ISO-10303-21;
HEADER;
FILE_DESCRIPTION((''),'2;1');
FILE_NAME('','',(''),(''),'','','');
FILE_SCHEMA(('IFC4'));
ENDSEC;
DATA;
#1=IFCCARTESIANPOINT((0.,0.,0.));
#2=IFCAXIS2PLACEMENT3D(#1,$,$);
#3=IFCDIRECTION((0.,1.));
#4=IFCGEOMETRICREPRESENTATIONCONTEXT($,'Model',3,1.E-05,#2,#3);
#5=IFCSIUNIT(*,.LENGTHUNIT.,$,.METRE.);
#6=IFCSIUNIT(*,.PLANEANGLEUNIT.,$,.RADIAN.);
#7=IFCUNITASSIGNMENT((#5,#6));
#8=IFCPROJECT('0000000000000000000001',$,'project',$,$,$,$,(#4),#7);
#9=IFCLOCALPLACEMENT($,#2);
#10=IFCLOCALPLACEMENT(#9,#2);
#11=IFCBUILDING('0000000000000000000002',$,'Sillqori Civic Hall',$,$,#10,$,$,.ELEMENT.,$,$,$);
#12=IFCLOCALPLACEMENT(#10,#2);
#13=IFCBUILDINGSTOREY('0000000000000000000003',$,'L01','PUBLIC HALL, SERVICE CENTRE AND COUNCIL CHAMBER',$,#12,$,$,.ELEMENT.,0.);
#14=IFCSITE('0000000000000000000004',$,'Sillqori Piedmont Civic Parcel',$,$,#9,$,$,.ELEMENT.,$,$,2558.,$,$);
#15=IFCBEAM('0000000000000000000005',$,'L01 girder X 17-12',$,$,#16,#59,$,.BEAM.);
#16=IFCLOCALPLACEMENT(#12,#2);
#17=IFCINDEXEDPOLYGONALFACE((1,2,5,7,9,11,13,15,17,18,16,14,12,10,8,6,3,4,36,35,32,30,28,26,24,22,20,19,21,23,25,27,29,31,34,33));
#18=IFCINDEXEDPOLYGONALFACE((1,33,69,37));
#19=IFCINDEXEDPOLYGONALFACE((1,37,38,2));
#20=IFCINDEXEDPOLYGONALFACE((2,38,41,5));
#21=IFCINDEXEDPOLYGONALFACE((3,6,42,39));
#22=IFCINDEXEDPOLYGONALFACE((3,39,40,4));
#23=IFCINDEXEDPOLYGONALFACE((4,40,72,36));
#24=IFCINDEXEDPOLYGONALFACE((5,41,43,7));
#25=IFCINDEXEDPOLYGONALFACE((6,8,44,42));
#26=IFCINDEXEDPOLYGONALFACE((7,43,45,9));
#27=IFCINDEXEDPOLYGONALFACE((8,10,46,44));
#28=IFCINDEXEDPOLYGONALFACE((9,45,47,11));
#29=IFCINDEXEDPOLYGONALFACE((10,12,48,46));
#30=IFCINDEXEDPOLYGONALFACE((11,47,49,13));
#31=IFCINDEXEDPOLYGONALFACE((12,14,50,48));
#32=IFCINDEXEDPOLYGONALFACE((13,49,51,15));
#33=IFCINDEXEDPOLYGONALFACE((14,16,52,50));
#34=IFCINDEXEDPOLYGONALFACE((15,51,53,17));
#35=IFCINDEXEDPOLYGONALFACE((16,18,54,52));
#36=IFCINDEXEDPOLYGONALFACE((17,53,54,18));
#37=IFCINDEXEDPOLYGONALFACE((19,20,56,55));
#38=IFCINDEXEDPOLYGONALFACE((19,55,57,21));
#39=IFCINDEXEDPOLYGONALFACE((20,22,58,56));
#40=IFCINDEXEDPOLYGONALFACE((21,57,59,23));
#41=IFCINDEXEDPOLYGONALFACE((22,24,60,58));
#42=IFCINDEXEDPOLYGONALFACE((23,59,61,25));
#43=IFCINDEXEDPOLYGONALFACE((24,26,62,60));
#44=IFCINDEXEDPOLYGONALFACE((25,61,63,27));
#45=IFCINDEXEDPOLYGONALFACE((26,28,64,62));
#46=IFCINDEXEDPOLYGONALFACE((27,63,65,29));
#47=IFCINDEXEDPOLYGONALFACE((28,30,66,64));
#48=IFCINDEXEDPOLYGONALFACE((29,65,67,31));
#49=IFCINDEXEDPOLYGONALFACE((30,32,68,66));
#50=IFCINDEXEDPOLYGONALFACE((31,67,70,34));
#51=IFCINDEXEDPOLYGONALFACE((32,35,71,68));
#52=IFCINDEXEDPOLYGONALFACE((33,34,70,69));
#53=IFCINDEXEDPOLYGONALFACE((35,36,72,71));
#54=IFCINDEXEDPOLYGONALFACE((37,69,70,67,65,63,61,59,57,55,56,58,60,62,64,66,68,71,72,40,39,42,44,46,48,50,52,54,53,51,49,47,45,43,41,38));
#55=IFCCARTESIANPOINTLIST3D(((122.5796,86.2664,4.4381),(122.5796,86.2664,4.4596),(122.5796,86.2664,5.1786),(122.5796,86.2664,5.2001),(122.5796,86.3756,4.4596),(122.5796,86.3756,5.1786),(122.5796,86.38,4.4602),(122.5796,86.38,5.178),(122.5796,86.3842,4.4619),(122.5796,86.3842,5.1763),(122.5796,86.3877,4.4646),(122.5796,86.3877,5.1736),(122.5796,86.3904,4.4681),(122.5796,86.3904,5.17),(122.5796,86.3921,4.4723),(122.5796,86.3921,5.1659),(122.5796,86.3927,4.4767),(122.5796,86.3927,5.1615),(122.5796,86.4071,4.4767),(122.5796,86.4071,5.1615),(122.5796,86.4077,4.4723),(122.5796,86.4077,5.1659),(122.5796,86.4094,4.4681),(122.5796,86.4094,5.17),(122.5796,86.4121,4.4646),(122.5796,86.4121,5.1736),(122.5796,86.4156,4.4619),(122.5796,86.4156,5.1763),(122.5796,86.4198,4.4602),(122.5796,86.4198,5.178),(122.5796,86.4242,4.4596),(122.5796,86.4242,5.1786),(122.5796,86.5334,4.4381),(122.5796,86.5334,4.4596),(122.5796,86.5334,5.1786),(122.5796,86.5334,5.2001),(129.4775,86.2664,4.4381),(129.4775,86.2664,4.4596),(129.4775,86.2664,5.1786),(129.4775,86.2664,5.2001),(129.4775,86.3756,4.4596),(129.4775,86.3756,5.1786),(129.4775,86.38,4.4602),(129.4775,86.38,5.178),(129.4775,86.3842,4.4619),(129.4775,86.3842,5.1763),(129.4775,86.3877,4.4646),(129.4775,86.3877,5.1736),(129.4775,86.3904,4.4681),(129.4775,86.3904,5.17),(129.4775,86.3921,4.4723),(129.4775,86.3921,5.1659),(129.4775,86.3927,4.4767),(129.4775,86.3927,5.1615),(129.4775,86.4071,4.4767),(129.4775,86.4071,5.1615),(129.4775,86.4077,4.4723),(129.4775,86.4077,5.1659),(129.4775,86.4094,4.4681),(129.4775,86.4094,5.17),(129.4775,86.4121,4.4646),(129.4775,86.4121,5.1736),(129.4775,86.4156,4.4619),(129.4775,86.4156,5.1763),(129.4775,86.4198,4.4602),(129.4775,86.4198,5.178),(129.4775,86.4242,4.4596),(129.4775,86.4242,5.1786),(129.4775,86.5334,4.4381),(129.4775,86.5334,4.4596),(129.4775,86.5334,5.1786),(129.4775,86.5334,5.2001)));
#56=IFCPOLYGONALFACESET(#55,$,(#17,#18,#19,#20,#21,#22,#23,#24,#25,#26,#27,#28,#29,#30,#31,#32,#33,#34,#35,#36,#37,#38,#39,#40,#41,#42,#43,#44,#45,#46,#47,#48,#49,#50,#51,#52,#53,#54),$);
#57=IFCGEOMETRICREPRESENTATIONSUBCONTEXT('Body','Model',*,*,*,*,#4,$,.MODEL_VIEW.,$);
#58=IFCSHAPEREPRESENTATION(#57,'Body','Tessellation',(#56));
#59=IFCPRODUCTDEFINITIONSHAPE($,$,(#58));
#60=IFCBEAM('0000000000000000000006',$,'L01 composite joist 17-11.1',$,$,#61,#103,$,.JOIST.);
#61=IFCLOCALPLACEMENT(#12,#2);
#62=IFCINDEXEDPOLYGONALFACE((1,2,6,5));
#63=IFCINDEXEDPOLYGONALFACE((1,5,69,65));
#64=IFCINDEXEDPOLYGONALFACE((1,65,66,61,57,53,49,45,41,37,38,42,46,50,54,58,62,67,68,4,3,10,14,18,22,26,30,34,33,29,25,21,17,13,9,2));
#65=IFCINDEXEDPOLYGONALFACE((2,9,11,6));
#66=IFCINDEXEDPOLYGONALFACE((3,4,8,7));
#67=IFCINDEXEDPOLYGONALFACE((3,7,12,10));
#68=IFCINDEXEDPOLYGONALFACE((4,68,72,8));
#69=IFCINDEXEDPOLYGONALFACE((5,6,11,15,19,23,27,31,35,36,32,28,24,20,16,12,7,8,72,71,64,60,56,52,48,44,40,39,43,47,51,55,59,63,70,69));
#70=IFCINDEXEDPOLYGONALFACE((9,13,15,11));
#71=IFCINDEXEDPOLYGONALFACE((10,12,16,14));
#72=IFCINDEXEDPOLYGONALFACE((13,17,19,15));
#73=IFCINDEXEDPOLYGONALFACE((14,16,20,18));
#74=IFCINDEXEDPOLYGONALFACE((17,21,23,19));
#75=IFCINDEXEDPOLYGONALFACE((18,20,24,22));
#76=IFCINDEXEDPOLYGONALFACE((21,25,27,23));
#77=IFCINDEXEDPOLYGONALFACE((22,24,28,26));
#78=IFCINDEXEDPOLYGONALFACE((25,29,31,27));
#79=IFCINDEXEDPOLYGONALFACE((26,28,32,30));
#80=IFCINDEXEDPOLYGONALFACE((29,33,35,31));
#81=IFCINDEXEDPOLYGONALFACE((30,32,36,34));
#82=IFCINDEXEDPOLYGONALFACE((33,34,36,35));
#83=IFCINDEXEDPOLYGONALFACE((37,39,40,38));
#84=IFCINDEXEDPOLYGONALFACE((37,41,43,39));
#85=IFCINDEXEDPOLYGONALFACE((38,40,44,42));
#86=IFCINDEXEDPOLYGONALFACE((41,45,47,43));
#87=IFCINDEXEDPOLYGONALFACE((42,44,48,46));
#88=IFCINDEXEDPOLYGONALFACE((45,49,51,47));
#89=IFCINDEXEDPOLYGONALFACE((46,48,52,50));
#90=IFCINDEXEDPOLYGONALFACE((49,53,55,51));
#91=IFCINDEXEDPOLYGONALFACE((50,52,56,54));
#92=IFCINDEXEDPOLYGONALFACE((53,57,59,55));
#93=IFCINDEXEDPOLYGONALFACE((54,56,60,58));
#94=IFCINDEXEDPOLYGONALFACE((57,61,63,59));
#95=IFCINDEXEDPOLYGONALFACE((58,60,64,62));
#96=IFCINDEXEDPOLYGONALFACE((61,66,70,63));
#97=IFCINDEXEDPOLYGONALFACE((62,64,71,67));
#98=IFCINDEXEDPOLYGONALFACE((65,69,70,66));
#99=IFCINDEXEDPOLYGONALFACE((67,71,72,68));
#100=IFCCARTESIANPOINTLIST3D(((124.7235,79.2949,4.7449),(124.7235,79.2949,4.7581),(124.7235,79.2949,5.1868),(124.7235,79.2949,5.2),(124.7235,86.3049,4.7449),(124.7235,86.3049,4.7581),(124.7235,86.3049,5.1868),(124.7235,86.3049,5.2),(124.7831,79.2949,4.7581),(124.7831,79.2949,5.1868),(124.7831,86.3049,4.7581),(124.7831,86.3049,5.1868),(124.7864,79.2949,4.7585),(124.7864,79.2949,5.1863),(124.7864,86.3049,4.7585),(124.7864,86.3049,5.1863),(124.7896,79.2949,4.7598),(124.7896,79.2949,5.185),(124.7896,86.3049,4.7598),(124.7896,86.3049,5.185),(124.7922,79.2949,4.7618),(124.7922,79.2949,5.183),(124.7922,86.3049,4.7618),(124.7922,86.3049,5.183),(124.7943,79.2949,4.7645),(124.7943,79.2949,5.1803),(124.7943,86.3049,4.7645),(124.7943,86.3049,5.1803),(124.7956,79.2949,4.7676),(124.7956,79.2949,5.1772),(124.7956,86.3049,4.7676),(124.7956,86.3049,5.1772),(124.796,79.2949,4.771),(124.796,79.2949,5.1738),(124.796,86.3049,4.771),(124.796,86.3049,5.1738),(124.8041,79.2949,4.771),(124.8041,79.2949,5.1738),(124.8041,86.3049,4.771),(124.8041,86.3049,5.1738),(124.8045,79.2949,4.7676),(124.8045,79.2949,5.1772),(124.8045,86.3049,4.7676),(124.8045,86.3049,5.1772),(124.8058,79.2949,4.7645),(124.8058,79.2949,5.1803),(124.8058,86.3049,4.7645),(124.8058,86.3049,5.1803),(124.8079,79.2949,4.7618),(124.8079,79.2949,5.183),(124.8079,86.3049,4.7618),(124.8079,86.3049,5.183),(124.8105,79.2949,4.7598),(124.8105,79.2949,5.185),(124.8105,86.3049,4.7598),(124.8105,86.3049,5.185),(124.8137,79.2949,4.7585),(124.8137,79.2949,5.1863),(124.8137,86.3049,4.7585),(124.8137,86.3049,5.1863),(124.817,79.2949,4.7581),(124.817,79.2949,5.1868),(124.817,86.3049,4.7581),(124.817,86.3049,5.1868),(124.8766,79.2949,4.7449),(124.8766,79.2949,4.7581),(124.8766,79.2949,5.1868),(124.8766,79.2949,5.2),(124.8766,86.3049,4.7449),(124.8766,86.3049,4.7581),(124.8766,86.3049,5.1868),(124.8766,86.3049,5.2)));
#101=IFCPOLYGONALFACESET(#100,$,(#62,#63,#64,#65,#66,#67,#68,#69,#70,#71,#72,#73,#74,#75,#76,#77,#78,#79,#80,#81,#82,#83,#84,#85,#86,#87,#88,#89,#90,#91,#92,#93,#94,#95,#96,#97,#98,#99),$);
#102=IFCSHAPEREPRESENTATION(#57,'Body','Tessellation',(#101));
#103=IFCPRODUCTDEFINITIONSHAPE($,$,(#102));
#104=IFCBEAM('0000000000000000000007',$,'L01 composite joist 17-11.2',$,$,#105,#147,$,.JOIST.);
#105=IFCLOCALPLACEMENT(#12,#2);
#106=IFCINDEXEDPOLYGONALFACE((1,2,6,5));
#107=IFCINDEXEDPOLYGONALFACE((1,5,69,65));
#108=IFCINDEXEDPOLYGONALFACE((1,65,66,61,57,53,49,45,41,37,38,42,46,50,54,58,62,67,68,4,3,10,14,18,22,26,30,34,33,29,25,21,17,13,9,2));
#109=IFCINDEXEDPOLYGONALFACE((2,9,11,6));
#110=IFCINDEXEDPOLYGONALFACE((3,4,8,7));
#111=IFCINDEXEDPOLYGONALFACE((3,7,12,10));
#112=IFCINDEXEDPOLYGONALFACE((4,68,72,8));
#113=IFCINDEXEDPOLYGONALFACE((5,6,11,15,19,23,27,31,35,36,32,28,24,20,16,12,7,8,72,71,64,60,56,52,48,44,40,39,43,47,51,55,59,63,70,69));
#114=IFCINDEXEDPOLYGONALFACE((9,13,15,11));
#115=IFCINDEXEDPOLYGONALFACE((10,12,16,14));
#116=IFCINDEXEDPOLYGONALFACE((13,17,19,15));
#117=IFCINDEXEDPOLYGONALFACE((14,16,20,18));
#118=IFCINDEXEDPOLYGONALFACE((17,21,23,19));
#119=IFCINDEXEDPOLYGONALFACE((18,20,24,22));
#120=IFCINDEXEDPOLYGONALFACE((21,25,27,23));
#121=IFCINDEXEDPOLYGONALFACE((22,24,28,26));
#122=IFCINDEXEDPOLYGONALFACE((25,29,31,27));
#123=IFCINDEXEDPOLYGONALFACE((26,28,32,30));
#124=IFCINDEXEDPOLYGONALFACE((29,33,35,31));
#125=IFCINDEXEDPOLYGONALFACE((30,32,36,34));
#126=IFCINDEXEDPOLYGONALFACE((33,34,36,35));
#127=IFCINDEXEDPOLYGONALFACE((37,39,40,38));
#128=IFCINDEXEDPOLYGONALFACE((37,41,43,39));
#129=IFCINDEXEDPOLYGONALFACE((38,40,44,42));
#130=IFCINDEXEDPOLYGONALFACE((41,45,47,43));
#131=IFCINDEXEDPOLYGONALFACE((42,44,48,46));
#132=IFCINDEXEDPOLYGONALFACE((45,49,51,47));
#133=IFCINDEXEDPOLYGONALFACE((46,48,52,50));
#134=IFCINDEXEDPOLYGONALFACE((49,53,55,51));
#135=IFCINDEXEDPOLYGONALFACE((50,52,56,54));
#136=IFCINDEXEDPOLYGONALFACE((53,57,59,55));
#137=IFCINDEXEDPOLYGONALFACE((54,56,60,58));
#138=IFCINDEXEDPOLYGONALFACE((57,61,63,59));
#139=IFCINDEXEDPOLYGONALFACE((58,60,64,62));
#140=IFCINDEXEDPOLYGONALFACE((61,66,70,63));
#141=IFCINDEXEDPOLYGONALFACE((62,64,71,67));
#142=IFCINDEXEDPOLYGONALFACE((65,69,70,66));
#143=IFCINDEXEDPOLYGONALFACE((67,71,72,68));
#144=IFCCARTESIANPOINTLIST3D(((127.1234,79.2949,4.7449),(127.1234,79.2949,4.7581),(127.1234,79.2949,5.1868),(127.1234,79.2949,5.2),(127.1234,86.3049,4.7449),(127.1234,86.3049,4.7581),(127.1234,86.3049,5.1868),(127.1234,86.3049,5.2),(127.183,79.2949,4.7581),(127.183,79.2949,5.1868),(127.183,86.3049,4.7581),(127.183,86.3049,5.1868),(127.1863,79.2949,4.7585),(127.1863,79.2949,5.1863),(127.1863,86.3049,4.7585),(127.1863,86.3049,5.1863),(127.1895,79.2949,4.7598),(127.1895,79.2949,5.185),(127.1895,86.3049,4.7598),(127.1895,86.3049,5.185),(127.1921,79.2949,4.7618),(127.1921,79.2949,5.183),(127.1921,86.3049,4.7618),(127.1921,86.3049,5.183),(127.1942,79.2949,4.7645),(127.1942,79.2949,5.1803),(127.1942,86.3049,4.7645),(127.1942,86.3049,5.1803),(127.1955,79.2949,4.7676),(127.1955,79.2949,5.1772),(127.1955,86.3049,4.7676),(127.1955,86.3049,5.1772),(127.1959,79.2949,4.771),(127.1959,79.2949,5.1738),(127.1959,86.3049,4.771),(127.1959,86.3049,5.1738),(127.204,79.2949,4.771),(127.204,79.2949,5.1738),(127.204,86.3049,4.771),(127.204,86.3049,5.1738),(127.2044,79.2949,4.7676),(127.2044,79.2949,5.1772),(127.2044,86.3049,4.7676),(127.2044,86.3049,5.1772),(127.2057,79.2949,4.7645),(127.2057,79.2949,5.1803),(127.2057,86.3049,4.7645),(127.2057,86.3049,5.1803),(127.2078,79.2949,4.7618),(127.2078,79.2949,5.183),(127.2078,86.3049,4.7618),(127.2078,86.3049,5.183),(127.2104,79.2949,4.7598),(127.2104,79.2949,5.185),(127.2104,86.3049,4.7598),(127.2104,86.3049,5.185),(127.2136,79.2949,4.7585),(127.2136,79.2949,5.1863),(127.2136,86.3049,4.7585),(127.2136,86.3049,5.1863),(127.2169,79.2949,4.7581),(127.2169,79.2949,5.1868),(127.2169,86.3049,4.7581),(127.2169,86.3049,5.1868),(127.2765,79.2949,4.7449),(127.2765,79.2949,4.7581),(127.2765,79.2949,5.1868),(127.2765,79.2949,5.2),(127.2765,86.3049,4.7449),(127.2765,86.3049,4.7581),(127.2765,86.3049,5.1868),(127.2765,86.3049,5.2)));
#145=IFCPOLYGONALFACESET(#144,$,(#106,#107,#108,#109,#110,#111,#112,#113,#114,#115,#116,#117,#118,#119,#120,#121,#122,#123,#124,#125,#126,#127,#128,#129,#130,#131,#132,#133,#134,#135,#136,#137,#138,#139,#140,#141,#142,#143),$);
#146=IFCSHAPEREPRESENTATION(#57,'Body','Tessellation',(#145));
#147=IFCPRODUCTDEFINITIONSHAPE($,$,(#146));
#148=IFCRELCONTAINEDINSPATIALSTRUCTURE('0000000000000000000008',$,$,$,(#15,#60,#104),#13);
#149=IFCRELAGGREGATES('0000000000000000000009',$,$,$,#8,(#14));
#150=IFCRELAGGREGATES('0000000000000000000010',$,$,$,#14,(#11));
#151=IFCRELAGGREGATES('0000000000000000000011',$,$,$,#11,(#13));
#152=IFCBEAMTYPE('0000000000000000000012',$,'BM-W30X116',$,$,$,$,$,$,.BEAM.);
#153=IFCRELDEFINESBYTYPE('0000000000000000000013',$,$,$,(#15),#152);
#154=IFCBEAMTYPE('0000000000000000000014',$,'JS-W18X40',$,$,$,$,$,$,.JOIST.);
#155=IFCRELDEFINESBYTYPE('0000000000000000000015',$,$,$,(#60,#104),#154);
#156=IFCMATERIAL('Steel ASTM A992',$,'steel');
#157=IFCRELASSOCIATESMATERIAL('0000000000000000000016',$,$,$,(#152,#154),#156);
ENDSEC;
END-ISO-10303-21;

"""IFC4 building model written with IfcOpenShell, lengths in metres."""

from ifc_helpers import new_model, si_unit, direction, frame, origin, origin_2d, place, context, subcontext, project, spatial, i_section, extrude, material, material_profile, profile_set, type_object, element, save


model = new_model("IFC4")

# Units and contexts
model_context = context("Model", 3, precision=1e-05, world=origin(), true_north=direction((0.0, 1.0)))
body_context = subcontext(model_context, "Body", "Model", "MODEL_VIEW")
ifc_project = project(units=[si_unit("LENGTHUNIT", "METRE"), si_unit("PLANEANGLEUNIT", "RADIAN")], contexts=[model_context])

# Site, building, storey
site_placement = place(None, origin())
site = spatial("IfcSite", under=ifc_project, at=site_placement, Name="Sillqori Piedmont Civic Parcel", CompositionType="ELEMENT", RefElevation=2558.0)
building_placement = place(site_placement, origin())
building = spatial("IfcBuilding", under=site, at=building_placement, Name="Sillqori Civic Hall", CompositionType="ELEMENT")
storey_placement = place(building_placement, origin())
storey = spatial("IfcBuildingStorey", under=building, at=storey_placement, Name="L01", Description="PUBLIC HALL, SERVICE CENTRE AND COUNCIL CHAMBER", CompositionType="ELEMENT", Elevation=0.0)

# Shared definitions
ifc_material_1 = material(Name="Steel ASTM A992", Category="steel")

# Beams
ifc_material_profile_1 = material_profile(ifc_material_1, i_section(OverallWidth=0.2671, OverallDepth=0.762, WebThickness=0.0144, FlangeThickness=0.0215, FilletRadius=0.0171, at=origin_2d()), Name="W30X116")
ifc_profile_set_1 = profile_set([ifc_material_profile_1], Name="Steel ASTM A992")
beam_type_1 = type_object("IfcBeamType", Name="BM-W30X116", PredefinedType="BEAM", material=ifc_profile_set_1)
beam_1_placement = place(storey_placement, frame((122.5796, 86.3999, 4.8191), z_axis=(1.0, 0.0, 0.0), x_axis=(0.0, 1.0, 0.0)))
element("IfcBeam", 1, at=beam_1_placement, inside=storey, type_object=beam_type_1, Name="L01 girder X 17-12", PredefinedType="BEAM", context=body_context, shape_type="SweptSolid", body=[
    extrude(i_section(OverallWidth=0.2671, OverallDepth=0.762, WebThickness=0.0144, FlangeThickness=0.0215, FilletRadius=0.0171, at=origin_2d()), origin(), (0.0, 0.0, 1.0), 6.8979),
])
ifc_material_profile_2 = material_profile(ifc_material_1, i_section(OverallWidth=0.1531, OverallDepth=0.4551, WebThickness=0.0081, FlangeThickness=0.0132, FilletRadius=0.0129, at=origin_2d()), Name="W18X40")
ifc_profile_set_2 = profile_set([ifc_material_profile_2], Name="Steel ASTM A992")
beam_type_2 = type_object("IfcBeamType", Name="JS-W18X40", PredefinedType="JOIST", material=ifc_profile_set_2)
for number, where, z_axis, x_axis, name in (
    (2, (124.8, 79.2949, 4.9724), (0.0, 1.0, 0.0), (-1.0, 0.0, 0.0), "L01 composite joist 17-11.1"),
    (3, (127.2, 79.2949, 4.9724), (0.0, 1.0, 0.0), (-1.0, 0.0, 0.0), "L01 composite joist 17-11.2"),
):
    element("IfcBeam", number, at=place(storey_placement, frame(where, z_axis=z_axis, x_axis=x_axis)), inside=storey, type_object=beam_type_2, Name=name, PredefinedType="JOIST", context=body_context, shape_type="SweptSolid", body=[
        extrude(i_section(OverallWidth=0.1531, OverallDepth=0.4551, WebThickness=0.0081, FlangeThickness=0.0132, FilletRadius=0.0129, at=origin_2d()), origin(), (0.0, 0.0, 1.0), 7.01),
    ])

save(model, "model.ifc")
